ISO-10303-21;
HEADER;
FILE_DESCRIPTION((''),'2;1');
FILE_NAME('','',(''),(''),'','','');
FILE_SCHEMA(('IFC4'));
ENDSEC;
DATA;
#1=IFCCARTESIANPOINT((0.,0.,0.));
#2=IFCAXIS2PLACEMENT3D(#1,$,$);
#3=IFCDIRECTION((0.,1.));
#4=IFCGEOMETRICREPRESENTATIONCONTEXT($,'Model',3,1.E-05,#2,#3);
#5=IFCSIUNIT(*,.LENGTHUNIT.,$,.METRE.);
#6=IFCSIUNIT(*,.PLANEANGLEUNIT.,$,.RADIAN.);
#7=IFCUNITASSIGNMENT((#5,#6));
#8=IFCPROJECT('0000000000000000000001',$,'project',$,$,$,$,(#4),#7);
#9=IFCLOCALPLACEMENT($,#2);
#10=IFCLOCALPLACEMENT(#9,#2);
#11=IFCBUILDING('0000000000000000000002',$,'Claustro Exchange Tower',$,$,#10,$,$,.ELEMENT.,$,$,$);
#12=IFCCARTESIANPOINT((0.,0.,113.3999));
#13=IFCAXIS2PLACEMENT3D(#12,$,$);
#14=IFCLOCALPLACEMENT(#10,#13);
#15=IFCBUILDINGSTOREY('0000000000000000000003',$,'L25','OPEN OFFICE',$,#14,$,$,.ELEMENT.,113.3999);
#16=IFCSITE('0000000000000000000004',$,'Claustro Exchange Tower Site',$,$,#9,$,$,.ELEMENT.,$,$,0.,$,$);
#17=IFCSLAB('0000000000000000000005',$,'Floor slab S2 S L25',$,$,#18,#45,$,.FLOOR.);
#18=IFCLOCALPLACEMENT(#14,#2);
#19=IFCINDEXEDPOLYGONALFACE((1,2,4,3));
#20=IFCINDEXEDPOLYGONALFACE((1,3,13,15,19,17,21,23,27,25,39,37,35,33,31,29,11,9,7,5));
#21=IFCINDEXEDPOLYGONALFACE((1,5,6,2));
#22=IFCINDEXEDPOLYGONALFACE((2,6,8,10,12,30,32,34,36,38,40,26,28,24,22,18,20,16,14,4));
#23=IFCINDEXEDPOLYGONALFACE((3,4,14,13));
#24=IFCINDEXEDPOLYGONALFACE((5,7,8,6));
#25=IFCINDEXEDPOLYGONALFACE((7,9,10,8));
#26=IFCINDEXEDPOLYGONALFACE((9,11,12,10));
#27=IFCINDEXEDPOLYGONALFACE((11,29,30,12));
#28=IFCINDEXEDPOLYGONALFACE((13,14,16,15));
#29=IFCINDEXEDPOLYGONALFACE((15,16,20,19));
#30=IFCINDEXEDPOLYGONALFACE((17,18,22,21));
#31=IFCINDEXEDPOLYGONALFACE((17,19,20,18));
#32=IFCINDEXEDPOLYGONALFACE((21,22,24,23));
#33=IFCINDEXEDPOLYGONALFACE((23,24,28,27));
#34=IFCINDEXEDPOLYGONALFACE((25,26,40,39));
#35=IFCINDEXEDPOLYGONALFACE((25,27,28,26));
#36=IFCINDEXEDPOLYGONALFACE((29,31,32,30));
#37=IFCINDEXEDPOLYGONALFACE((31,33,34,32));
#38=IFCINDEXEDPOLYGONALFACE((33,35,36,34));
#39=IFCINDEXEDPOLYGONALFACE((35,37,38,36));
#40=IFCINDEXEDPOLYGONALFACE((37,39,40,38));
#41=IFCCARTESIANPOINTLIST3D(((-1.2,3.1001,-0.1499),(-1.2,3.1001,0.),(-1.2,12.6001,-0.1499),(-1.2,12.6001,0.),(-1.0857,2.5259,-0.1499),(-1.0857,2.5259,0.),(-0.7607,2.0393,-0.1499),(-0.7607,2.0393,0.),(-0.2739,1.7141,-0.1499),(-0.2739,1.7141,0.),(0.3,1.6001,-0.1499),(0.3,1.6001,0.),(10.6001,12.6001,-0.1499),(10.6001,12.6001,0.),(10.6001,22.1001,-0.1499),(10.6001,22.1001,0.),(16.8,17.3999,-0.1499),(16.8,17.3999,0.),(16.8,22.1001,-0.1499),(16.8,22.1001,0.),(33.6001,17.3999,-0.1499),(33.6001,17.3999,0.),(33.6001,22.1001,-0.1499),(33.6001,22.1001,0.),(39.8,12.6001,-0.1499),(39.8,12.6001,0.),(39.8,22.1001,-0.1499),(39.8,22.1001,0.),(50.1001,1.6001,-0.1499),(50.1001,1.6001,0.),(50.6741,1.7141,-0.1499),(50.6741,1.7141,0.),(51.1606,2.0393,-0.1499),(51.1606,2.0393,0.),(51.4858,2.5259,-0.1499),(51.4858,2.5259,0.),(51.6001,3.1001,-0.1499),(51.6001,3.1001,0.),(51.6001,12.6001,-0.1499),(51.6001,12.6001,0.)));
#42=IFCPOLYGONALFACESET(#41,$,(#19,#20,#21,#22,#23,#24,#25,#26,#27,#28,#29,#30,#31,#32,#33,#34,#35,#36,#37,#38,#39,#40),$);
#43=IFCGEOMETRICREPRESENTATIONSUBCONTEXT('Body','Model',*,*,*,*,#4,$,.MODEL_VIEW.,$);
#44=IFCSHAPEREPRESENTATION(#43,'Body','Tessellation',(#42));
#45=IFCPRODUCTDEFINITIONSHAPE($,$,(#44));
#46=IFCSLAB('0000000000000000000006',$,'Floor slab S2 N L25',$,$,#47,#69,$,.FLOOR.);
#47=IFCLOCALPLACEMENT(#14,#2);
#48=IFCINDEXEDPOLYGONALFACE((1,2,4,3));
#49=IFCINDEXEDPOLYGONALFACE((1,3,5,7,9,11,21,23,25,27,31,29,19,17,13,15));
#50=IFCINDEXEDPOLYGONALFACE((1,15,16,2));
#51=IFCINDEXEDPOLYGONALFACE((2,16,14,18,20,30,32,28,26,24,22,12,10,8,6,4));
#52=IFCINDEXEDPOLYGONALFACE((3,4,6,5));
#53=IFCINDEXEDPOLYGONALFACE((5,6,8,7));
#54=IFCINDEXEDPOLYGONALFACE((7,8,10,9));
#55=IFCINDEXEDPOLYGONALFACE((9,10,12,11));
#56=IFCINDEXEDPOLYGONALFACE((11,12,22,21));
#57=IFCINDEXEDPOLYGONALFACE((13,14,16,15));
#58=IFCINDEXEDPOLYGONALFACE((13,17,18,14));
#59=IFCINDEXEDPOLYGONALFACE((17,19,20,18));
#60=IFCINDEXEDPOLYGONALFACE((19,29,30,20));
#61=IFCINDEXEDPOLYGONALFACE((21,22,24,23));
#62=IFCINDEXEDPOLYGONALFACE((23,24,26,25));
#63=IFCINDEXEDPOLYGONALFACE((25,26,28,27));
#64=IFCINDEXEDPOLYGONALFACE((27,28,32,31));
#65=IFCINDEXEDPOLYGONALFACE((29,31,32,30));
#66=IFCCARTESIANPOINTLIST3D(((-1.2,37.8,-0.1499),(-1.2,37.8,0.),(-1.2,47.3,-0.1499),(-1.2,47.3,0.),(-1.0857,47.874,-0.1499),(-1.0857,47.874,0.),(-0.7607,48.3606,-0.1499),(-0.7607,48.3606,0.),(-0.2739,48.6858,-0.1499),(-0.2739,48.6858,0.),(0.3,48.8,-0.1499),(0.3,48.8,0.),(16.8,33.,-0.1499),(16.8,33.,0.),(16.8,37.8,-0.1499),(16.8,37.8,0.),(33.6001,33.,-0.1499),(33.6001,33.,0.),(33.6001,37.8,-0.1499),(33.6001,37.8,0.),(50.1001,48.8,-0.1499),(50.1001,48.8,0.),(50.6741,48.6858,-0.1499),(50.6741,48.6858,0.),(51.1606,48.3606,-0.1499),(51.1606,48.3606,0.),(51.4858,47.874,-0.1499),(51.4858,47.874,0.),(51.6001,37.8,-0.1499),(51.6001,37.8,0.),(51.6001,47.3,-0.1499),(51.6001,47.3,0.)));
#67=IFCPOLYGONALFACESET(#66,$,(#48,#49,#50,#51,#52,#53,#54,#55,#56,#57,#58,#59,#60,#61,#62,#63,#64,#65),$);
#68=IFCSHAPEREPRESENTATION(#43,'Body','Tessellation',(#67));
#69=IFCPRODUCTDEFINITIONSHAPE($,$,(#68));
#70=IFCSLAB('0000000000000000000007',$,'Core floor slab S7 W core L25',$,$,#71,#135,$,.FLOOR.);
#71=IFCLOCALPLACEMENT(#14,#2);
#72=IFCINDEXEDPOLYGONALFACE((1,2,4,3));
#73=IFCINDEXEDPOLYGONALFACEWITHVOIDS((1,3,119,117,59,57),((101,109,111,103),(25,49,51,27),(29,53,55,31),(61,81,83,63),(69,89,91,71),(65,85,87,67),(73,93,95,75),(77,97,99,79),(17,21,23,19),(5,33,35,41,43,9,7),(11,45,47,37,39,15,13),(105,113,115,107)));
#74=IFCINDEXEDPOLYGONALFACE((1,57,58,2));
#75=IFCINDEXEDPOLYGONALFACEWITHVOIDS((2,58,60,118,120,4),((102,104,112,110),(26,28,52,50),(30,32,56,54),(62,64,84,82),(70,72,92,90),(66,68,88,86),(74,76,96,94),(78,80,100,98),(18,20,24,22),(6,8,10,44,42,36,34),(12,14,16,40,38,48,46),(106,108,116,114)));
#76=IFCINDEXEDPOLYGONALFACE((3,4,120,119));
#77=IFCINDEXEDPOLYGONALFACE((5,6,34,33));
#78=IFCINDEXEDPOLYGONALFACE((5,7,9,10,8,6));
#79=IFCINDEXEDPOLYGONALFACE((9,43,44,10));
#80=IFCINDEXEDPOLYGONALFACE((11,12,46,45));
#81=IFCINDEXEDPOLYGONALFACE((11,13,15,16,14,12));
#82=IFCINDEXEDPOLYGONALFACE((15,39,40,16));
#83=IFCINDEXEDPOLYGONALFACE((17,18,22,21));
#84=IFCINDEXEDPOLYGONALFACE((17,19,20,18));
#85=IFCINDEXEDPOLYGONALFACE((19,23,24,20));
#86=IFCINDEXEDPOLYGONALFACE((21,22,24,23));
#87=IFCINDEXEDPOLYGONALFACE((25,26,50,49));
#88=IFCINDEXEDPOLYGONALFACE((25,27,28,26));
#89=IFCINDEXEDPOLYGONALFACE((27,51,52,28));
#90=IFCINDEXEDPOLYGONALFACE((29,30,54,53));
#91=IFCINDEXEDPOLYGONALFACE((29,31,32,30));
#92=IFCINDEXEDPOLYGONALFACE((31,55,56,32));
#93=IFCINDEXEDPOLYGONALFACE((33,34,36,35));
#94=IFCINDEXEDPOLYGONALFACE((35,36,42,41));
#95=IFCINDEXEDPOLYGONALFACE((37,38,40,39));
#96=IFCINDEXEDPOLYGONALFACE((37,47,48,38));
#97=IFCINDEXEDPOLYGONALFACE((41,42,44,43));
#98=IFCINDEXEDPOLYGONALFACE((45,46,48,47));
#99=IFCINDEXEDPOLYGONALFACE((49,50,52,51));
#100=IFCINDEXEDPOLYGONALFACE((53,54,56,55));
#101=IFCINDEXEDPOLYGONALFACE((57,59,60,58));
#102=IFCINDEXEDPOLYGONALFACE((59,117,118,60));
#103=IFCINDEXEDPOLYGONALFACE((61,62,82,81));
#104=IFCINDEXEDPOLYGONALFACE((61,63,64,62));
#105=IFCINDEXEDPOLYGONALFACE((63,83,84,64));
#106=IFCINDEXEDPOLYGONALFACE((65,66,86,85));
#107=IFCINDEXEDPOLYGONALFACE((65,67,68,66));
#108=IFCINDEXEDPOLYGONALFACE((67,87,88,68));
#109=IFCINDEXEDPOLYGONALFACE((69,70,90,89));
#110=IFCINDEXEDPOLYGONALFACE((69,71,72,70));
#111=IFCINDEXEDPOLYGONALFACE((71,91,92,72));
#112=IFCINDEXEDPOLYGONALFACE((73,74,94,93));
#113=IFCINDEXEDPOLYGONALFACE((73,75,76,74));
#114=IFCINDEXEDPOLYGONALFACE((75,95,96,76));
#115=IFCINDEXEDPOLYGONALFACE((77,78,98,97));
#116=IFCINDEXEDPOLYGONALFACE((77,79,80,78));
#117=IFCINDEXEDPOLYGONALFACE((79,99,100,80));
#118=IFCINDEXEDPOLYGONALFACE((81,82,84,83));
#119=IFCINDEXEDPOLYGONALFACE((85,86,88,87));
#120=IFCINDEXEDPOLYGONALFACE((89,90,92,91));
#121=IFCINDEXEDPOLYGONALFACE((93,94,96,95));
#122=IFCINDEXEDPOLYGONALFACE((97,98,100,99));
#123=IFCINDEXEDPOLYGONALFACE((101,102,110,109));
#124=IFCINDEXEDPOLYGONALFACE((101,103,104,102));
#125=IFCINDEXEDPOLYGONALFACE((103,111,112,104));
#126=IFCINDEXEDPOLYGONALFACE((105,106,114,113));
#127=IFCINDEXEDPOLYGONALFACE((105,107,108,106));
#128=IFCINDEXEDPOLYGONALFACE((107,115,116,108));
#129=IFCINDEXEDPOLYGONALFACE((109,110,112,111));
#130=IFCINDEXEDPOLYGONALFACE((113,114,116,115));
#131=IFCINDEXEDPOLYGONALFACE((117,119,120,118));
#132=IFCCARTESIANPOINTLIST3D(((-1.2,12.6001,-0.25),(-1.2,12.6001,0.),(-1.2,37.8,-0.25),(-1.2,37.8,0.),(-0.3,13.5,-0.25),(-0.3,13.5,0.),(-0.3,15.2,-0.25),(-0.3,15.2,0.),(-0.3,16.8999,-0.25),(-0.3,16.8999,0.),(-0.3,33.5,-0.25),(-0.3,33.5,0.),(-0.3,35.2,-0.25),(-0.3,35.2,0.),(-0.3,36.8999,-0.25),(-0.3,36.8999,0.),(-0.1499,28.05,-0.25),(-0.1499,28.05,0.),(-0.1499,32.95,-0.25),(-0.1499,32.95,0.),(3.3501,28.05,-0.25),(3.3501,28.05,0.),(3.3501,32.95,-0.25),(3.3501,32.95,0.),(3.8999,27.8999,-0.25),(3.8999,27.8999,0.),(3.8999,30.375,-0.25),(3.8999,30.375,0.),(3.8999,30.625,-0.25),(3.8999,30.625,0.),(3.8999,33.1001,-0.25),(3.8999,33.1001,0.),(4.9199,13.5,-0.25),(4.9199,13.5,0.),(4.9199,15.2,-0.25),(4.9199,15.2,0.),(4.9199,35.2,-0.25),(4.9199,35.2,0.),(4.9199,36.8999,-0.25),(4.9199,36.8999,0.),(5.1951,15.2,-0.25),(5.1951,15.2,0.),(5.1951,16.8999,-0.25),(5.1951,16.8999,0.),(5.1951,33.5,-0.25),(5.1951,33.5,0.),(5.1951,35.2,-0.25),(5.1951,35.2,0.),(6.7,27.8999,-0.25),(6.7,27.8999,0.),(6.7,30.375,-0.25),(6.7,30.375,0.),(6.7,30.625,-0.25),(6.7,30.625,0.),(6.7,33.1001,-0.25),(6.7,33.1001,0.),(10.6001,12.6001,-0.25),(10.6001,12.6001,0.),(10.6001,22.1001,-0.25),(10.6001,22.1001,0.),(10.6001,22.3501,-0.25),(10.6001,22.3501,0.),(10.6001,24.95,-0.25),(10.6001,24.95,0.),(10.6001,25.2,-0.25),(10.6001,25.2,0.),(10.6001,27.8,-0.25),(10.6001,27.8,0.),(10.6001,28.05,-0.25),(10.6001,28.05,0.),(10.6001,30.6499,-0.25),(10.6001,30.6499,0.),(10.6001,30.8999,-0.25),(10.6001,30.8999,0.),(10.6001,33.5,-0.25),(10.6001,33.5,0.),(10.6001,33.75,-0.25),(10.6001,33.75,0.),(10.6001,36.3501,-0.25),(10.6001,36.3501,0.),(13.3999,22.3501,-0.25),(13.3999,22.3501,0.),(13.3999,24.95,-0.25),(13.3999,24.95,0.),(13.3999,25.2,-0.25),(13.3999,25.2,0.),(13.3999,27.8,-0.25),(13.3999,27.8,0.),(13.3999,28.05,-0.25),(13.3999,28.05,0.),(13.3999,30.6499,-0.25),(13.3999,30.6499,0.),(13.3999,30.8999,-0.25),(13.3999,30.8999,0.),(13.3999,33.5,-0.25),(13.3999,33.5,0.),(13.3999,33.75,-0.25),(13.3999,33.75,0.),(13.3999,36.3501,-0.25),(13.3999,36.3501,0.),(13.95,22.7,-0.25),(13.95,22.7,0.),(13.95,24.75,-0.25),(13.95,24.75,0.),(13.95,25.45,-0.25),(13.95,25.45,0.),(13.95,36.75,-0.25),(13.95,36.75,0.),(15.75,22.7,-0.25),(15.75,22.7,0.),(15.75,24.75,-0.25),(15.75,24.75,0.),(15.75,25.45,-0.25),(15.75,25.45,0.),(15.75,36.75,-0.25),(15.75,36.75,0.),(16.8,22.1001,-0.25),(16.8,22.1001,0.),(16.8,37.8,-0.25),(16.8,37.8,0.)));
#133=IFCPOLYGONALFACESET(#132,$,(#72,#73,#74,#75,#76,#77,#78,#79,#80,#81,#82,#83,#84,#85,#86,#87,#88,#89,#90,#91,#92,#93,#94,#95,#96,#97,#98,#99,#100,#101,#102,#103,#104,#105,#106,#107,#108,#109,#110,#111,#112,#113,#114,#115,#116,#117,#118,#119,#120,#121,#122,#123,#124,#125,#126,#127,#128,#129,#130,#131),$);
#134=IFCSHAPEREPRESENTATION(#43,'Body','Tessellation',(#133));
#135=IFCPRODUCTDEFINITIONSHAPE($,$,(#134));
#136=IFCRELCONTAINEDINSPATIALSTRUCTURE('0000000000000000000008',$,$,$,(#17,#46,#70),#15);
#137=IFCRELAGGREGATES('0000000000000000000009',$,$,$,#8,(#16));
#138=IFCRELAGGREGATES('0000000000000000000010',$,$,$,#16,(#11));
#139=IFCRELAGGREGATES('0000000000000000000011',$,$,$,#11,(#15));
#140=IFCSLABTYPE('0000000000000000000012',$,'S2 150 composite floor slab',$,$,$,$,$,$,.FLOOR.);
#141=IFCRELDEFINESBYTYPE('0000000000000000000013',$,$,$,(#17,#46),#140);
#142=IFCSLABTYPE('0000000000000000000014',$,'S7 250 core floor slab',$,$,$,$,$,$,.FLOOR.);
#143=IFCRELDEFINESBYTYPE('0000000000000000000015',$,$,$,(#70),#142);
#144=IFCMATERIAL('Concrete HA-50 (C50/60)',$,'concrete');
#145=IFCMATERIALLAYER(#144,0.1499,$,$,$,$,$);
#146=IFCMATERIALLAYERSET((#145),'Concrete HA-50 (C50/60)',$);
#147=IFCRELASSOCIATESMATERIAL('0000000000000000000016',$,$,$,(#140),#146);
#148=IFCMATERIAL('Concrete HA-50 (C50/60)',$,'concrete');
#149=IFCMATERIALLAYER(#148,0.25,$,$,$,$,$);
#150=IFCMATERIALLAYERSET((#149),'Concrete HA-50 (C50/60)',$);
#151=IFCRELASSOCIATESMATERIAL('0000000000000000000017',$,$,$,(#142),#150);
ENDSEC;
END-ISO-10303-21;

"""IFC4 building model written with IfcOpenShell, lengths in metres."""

from ifc_helpers import new_model, si_unit, direction, frame, origin, place, context, subcontext, project, spatial, polyline, outline, extrude, material, layer, layer_set, type_object, element, save


model = new_model("IFC4")

# Units and contexts
model_context = context("Model", 3, precision=1e-05, world=origin(), true_north=direction((0.0, 1.0)))
body_context = subcontext(model_context, "Body", "Model", "MODEL_VIEW")
ifc_project = project(units=[si_unit("LENGTHUNIT", "METRE"), si_unit("PLANEANGLEUNIT", "RADIAN")], contexts=[model_context])

# Site, building, storey
site_placement = place(None, origin())
site = spatial("IfcSite", under=ifc_project, at=site_placement, Name="Claustro Exchange Tower Site", CompositionType="ELEMENT", RefElevation=0.0)
building_placement = place(site_placement, origin())
building = spatial("IfcBuilding", under=site, at=building_placement, Name="Claustro Exchange Tower", CompositionType="ELEMENT")
storey_placement = place(building_placement, frame((0.0, 0.0, 113.3999)))
storey = spatial("IfcBuildingStorey", under=building, at=storey_placement, Name="L25", Description="OPEN OFFICE", CompositionType="ELEMENT", Elevation=113.3999)

# Slabs
ifc_material_1 = material(Name="Concrete HA-50 (C50/60)", Category="concrete")
ifc_layer_1 = layer(ifc_material_1, 0.1499)
ifc_layer_set_1 = layer_set([ifc_layer_1], Name="Concrete HA-50 (C50/60)")
slab_type_1 = type_object("IfcSlabType", Name="S2 150 composite floor slab", PredefinedType="FLOOR", material=ifc_layer_set_1)
slab_1_placement = place(storey_placement, frame((0.0, 0.0, -0.1499)))
element("IfcSlab", 1, at=slab_1_placement, inside=storey, type_object=slab_type_1, Name="Floor slab S2 S L25", PredefinedType="FLOOR", context=body_context, shape_type="SweptSolid", body=[
    extrude(outline(polyline([(-0.2739, 1.7141), (0.3, 1.6001), (50.1001, 1.6001), (50.6741, 1.7141), (51.1606, 2.0393), (51.4858, 2.5259), (51.6001, 3.1001), (51.6001, 12.6001), (39.8, 12.6001), (39.8, 22.1001), (33.6001, 22.1001), (33.6001, 17.3999), (16.8, 17.3999), (16.8, 22.1001), (10.6001, 22.1001), (10.6001, 12.6001), (-1.2, 12.6001), (-1.2, 3.1001), (-1.0857, 2.5259), (-0.7607, 2.0393), (-0.2739, 1.7141)])), origin(), (0.0, 0.0, 1.0), 0.1499),
])
slab_2_placement = place(storey_placement, frame((0.0, 0.0, -0.1499)))
element("IfcSlab", 2, at=slab_2_placement, inside=storey, type_object=slab_type_1, Name="Floor slab S2 N L25", PredefinedType="FLOOR", context=body_context, shape_type="SweptSolid", body=[
    extrude(outline(polyline([(16.8, 37.8), (16.8, 33.0), (33.6001, 33.0), (33.6001, 37.8), (51.6001, 37.8), (51.6001, 47.3), (51.4858, 47.874), (51.1606, 48.3606), (50.6741, 48.6858), (50.1001, 48.8), (0.3, 48.8), (-0.2739, 48.6858), (-0.7607, 48.3606), (-1.0857, 47.874), (-1.2, 47.3), (-1.2, 37.8), (16.8, 37.8)])), origin(), (0.0, 0.0, 1.0), 0.1499),
])
ifc_material_2 = material(Name="Concrete HA-50 (C50/60)", Category="concrete")
ifc_layer_2 = layer(ifc_material_2, 0.25)
ifc_layer_set_2 = layer_set([ifc_layer_2], Name="Concrete HA-50 (C50/60)")
slab_type_2 = type_object("IfcSlabType", Name="S7 250 core floor slab", PredefinedType="FLOOR", material=ifc_layer_set_2)
slab_3_placement = place(storey_placement, frame((0.0, 0.0, -0.25)))
element("IfcSlab", 3, at=slab_3_placement, inside=storey, type_object=slab_type_2, Name="Core floor slab S7 W core L25", PredefinedType="FLOOR", context=body_context, shape_type="SweptSolid", body=[
    extrude(outline(polyline([(-1.2, 37.8), (-1.2, 12.6001), (10.6001, 12.6001), (10.6001, 22.1001), (16.8, 22.1001), (16.8, 37.8), (-1.2, 37.8)]), holes=[polyline([(13.95, 24.75), (15.75, 24.75), (15.75, 22.7), (13.95, 22.7), (13.95, 24.75)]), polyline([(13.95, 36.75), (15.75, 36.75), (15.75, 25.45), (13.95, 25.45), (13.95, 36.75)]), polyline([(13.3999, 24.95), (13.3999, 22.3501), (10.6001, 22.3501), (10.6001, 24.95), (13.3999, 24.95)]), polyline([(13.3999, 27.8), (13.3999, 25.2), (10.6001, 25.2), (10.6001, 27.8), (13.3999, 27.8)]), polyline([(13.3999, 30.6499), (13.3999, 28.05), (10.6001, 28.05), (10.6001, 30.6499), (13.3999, 30.6499)]), polyline([(13.3999, 33.5), (13.3999, 30.8999), (10.6001, 30.8999), (10.6001, 33.5), (13.3999, 33.5)]), polyline([(13.3999, 36.3501), (13.3999, 33.75), (10.6001, 33.75), (10.6001, 36.3501), (13.3999, 36.3501)]), polyline([(6.7, 30.375), (6.7, 27.8999), (3.8999, 27.8999), (3.8999, 30.375), (6.7, 30.375)]), polyline([(6.7, 33.1001), (6.7, 30.625), (3.8999, 30.625), (3.8999, 33.1001), (6.7, 33.1001)]), polyline([(-0.3, 15.2), (-0.3, 16.8999), (5.1951, 16.8999), (5.1951, 15.2), (4.9199, 15.2), (4.9199, 13.5), (-0.3, 13.5), (-0.3, 15.2)]), polyline([(-0.3, 35.2), (-0.3, 36.8999), (4.9199, 36.8999), (4.9199, 35.2), (5.1951, 35.2), (5.1951, 33.5), (-0.3, 33.5), (-0.3, 35.2)]), polyline([(-0.1499, 32.95), (3.3501, 32.95), (3.3501, 28.05), (-0.1499, 28.05), (-0.1499, 32.95)])]), origin(), (0.0, 0.0, 1.0), 0.25),
])

save(model, "model.ifc")
